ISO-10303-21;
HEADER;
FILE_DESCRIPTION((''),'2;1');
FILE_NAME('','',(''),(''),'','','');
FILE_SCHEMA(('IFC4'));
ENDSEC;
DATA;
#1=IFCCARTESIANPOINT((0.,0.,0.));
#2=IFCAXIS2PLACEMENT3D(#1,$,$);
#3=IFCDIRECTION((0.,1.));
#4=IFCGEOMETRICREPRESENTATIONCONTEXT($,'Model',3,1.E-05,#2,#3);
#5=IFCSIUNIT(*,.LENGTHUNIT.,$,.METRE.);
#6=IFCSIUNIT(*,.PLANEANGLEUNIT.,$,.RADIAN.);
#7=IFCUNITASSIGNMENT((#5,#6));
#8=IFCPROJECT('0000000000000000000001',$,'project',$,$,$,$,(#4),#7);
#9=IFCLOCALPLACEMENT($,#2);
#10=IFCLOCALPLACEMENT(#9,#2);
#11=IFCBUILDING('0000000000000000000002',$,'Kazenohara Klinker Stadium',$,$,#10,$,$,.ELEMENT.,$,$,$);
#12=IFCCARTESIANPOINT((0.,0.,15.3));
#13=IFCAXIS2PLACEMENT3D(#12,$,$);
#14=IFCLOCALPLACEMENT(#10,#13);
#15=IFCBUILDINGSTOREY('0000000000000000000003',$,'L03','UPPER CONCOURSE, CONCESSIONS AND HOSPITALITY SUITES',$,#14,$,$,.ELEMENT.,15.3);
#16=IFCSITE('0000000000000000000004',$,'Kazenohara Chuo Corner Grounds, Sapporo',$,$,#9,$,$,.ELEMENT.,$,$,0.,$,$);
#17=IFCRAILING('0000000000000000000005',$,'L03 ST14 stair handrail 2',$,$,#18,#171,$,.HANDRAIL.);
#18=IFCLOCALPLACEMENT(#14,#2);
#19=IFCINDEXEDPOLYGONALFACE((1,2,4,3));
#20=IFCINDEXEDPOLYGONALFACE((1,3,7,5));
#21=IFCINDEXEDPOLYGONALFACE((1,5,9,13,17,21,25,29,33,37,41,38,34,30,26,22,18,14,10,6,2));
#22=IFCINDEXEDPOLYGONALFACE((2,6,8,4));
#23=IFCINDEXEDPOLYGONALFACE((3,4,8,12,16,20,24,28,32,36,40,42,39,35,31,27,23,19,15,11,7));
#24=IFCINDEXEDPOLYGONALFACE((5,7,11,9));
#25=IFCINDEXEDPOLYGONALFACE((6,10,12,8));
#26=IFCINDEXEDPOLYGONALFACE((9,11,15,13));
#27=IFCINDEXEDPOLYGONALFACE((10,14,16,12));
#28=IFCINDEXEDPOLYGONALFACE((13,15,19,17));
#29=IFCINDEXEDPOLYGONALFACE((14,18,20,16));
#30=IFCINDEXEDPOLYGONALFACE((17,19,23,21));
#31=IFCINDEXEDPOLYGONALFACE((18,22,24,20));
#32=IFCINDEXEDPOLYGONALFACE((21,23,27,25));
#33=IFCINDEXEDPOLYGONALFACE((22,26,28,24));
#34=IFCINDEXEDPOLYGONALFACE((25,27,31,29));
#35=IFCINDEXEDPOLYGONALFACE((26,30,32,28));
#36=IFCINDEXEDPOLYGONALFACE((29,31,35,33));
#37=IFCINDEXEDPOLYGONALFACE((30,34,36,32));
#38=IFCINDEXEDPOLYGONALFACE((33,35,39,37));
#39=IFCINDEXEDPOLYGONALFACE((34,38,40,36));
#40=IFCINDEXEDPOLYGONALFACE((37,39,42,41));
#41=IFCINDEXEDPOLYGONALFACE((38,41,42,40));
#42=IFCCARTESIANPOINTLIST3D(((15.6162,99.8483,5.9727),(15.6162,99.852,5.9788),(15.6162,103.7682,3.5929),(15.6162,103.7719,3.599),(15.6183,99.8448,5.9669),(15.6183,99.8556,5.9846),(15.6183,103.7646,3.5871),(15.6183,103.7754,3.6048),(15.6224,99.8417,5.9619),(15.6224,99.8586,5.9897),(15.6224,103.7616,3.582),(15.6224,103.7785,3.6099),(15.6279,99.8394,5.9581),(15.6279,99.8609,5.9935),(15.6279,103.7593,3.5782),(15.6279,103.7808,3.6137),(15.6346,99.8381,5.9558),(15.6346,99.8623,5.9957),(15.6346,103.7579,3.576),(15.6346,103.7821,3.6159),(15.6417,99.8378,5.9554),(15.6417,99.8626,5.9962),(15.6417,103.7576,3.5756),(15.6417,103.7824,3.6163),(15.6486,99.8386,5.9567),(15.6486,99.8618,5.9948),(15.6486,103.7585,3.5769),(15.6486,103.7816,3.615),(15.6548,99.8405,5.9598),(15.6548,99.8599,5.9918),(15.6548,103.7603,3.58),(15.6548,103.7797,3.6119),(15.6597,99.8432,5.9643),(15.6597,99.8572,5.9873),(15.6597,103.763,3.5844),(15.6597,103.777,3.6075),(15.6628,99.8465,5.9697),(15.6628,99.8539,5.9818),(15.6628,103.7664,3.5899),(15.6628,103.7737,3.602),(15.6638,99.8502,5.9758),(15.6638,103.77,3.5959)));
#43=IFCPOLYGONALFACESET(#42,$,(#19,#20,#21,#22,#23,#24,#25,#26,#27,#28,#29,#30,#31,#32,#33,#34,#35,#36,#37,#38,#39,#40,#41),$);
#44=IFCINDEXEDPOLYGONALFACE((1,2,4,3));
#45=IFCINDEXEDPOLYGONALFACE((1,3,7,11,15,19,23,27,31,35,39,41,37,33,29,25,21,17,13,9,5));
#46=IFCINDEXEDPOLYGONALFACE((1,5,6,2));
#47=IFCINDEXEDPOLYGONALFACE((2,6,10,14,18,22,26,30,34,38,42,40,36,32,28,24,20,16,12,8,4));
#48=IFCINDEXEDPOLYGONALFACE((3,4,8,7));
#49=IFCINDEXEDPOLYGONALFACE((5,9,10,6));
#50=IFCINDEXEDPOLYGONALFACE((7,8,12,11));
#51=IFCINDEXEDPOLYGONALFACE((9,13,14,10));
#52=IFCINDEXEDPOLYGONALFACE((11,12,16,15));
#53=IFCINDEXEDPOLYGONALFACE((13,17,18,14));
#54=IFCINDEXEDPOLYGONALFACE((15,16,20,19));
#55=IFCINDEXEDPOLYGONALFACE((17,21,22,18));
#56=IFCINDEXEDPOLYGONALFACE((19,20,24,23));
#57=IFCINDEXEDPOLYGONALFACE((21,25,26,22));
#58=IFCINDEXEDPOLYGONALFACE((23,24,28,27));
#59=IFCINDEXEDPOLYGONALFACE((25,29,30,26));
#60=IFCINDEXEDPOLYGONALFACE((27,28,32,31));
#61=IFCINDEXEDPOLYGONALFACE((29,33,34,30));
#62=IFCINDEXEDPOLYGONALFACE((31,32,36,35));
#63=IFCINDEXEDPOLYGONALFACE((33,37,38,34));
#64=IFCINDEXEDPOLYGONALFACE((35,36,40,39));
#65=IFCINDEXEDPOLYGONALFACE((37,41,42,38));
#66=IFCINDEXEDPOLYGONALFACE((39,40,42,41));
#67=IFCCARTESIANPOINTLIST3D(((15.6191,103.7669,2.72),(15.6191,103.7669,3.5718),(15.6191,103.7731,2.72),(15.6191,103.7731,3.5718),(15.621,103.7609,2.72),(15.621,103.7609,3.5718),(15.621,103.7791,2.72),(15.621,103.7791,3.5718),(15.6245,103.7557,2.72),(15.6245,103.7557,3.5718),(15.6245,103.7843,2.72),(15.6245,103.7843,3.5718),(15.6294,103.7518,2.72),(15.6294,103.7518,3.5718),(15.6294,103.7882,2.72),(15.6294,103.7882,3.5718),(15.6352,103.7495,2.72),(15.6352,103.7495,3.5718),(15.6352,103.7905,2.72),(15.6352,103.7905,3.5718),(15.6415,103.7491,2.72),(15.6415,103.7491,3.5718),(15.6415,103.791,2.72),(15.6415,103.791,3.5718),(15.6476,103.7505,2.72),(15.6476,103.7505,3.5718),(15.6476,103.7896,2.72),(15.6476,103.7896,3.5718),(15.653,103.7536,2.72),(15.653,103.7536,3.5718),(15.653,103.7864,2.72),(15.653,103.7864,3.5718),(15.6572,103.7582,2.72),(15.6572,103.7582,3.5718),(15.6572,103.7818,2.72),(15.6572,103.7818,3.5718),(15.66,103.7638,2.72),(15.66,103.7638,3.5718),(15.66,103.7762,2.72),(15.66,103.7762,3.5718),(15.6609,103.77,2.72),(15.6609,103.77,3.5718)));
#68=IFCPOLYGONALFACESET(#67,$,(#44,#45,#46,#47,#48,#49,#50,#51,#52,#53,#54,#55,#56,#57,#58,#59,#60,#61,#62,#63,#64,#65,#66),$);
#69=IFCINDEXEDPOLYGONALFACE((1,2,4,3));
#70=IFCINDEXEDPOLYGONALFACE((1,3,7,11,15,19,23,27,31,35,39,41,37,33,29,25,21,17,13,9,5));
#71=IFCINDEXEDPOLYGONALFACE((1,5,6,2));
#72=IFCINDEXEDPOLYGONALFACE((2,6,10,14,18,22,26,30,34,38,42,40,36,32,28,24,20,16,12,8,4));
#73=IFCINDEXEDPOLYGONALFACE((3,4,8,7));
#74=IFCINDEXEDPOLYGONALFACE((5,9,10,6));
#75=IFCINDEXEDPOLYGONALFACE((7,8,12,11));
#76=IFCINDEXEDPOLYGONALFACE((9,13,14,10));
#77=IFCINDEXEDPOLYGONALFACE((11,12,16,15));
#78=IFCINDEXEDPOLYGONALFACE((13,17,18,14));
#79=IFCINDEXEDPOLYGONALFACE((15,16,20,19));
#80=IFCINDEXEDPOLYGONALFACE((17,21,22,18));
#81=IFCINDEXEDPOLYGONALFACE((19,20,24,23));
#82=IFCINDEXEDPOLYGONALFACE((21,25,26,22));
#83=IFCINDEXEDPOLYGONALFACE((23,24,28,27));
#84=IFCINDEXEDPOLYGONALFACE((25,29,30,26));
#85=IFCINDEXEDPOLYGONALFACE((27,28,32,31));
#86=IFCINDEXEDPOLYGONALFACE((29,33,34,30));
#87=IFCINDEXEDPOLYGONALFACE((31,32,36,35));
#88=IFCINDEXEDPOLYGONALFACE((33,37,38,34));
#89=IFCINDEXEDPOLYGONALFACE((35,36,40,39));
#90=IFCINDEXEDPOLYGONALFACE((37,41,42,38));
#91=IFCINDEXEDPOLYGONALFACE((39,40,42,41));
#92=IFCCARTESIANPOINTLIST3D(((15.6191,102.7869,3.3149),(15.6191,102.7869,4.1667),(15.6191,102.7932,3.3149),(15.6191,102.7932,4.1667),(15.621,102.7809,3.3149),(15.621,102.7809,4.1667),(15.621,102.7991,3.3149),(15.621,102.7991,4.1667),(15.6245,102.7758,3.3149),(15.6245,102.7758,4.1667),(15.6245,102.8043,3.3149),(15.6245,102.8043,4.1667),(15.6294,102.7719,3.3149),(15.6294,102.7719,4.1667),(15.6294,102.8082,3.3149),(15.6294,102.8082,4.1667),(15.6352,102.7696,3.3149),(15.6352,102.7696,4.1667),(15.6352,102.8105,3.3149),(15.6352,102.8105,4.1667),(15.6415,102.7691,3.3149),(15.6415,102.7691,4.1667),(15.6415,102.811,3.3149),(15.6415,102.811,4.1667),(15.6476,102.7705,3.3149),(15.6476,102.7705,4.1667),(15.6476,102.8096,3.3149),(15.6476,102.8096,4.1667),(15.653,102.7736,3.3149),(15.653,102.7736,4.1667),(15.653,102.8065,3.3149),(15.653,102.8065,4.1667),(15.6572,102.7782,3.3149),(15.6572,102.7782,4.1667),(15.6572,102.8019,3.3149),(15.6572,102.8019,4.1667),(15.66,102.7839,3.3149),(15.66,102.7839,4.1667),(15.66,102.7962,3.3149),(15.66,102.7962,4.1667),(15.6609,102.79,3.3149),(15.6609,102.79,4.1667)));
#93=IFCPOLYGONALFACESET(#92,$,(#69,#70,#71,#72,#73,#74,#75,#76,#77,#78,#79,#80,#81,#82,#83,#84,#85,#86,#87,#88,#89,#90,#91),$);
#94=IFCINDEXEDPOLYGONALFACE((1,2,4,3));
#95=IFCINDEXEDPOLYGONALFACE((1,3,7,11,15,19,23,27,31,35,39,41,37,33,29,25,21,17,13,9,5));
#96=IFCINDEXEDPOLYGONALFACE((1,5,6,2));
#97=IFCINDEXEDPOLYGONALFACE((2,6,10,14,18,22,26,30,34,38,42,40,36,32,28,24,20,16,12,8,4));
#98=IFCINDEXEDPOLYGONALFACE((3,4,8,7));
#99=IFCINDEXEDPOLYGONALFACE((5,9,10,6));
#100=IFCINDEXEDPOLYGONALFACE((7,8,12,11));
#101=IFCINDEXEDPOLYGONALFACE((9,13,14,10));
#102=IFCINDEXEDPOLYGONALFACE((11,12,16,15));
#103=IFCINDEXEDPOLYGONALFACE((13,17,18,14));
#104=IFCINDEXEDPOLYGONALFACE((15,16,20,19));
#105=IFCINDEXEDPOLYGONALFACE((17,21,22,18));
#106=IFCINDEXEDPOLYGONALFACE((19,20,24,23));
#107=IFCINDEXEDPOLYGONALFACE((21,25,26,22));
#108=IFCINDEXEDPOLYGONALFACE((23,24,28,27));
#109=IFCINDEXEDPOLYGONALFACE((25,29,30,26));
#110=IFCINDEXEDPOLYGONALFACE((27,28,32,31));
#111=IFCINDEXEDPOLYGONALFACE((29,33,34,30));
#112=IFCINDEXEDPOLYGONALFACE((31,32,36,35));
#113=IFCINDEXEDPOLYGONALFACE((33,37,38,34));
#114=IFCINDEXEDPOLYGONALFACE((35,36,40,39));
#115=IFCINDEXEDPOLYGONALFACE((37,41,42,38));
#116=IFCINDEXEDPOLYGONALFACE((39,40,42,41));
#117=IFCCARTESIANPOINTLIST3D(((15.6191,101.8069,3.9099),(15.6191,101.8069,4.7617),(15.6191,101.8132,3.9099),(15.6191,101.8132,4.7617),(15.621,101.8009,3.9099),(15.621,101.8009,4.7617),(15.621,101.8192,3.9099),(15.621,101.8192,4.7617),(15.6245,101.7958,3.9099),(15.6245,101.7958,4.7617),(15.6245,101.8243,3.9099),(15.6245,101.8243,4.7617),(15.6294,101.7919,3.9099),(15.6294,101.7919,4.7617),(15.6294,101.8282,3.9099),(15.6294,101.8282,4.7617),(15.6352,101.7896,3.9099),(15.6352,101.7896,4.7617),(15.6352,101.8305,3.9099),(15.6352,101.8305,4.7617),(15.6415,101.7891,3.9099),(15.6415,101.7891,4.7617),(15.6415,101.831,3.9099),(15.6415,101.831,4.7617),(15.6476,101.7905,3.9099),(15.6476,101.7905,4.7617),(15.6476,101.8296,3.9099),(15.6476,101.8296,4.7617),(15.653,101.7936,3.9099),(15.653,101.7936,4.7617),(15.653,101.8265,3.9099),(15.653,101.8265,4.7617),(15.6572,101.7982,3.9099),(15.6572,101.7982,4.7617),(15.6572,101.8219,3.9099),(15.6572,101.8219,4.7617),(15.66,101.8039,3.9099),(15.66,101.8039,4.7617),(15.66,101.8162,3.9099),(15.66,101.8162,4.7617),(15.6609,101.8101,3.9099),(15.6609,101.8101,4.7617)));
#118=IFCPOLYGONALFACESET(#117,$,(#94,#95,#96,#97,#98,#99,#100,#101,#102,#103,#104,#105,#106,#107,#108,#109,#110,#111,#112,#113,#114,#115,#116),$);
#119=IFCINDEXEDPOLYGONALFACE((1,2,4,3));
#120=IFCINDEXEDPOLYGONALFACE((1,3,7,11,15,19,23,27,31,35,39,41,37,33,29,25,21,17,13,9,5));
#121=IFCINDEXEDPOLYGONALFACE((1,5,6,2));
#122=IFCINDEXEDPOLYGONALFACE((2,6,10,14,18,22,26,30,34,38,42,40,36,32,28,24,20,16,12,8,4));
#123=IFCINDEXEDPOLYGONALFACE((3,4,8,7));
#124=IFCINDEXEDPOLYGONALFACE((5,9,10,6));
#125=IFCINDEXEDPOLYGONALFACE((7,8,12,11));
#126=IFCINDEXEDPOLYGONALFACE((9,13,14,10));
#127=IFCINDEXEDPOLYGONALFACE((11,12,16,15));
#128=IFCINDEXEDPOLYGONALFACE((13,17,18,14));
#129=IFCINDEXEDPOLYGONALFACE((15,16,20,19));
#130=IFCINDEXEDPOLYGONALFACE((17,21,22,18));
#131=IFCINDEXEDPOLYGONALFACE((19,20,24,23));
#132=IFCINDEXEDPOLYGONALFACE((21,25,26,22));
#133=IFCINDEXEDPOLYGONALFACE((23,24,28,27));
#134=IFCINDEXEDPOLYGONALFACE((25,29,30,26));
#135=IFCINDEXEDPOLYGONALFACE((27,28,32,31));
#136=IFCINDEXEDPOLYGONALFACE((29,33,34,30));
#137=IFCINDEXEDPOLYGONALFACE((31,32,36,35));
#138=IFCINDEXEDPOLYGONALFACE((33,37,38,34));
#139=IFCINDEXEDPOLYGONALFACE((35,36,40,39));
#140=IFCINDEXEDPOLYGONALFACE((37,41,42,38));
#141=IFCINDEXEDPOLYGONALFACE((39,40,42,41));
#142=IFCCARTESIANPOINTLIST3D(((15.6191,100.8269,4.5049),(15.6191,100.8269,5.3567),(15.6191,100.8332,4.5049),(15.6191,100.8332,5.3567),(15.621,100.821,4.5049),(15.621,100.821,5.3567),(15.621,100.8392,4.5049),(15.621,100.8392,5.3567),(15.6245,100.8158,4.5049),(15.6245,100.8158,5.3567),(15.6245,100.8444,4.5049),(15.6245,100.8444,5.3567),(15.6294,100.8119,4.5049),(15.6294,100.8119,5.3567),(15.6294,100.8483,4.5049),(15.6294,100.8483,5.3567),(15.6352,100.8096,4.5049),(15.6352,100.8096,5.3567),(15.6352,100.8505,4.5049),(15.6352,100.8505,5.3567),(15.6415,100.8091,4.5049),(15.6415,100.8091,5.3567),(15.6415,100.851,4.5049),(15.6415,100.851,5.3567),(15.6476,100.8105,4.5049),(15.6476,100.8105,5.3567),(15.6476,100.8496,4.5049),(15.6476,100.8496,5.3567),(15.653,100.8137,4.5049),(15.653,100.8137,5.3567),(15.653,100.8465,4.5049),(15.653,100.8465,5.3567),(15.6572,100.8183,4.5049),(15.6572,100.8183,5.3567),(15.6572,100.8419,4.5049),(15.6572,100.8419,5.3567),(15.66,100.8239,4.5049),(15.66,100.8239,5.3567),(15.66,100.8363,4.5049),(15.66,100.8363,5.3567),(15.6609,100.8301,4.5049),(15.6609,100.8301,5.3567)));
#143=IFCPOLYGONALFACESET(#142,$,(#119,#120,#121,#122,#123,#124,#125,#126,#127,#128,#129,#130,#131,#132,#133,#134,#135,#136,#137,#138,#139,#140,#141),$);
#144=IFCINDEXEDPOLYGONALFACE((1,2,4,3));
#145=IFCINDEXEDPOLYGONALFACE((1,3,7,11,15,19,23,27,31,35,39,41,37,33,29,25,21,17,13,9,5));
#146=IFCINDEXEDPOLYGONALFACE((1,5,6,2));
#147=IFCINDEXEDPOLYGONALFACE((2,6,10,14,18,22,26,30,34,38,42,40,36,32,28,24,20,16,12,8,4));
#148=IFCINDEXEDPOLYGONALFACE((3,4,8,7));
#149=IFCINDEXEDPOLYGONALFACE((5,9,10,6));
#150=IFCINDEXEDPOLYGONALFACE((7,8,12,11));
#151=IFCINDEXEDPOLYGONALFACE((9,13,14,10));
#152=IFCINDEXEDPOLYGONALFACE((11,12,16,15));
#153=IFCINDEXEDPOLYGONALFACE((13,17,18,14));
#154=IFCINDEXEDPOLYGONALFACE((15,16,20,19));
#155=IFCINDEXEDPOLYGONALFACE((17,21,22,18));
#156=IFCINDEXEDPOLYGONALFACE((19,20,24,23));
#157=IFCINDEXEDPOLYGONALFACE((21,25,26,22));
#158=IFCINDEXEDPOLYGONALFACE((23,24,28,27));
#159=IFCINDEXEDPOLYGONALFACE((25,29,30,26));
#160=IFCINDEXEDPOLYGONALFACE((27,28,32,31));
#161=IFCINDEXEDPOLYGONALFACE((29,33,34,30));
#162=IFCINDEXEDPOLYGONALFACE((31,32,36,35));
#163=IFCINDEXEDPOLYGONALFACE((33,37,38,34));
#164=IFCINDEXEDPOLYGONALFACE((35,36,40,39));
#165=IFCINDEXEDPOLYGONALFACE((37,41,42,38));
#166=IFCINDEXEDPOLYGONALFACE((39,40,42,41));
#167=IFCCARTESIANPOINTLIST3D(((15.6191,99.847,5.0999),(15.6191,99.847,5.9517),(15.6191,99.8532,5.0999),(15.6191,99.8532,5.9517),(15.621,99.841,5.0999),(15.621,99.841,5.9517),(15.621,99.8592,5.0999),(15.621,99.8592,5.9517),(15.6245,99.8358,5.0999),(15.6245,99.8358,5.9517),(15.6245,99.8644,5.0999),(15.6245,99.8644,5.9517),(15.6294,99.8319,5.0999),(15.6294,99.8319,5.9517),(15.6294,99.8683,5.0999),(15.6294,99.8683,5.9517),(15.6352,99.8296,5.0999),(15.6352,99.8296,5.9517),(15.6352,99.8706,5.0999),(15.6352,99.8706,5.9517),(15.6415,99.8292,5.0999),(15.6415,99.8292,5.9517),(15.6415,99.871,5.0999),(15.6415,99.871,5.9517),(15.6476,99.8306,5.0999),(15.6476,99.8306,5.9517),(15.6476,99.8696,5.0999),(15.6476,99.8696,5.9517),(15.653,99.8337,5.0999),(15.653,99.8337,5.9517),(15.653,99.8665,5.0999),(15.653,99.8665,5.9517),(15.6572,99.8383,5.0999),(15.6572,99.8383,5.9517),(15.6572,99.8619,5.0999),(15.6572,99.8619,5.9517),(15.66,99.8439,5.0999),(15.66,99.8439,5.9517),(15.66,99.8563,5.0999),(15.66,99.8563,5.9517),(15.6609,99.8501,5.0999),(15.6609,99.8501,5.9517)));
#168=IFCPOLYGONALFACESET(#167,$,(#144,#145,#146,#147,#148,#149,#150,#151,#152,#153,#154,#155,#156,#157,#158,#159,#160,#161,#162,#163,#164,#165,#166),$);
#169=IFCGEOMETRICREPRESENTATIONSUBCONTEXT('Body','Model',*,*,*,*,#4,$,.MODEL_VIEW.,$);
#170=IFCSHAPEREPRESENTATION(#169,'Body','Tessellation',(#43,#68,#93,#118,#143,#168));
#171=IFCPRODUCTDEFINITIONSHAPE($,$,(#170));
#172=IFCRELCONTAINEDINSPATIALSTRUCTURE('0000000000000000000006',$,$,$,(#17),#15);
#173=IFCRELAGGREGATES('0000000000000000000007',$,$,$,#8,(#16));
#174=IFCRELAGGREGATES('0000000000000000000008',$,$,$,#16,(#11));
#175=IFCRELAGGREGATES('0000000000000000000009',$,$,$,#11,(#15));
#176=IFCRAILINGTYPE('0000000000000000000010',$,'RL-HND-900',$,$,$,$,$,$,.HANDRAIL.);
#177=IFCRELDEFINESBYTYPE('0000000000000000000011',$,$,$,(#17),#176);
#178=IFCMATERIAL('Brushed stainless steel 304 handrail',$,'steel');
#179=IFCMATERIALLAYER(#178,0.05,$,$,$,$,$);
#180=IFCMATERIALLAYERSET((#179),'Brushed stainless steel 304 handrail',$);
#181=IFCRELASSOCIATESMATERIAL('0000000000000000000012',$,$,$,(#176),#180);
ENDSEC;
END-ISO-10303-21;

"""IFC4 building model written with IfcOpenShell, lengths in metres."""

from ifc_helpers import new_model, si_unit, direction, frame, origin, origin_2d, place, context, subcontext, project, spatial, circle, extrude, material, layer, layer_set, type_object, element, save


model = new_model("IFC4")

# Units and contexts
model_context = context("Model", 3, precision=1e-05, world=origin(), true_north=direction((0.0, 1.0)))
body_context = subcontext(model_context, "Body", "Model", "MODEL_VIEW")
ifc_project = project(units=[si_unit("LENGTHUNIT", "METRE"), si_unit("PLANEANGLEUNIT", "RADIAN")], contexts=[model_context])

# Site, building, storey
site_placement = place(None, origin())
site = spatial("IfcSite", under=ifc_project, at=site_placement, Name="Kazenohara Chuo Corner Grounds, Sapporo", CompositionType="ELEMENT", RefElevation=0.0)
building_placement = place(site_placement, origin())
building = spatial("IfcBuilding", under=site, at=building_placement, Name="Kazenohara Klinker Stadium", CompositionType="ELEMENT")
storey_placement = place(building_placement, frame((0.0, 0.0, 15.3)))
storey = spatial("IfcBuildingStorey", under=building, at=storey_placement, Name="L03", Description="UPPER CONCOURSE, CONCESSIONS AND HOSPITALITY SUITES", CompositionType="ELEMENT", Elevation=15.3)

# Railing
ifc_material_1 = material(Name="Brushed stainless steel 304 handrail", Category="steel")
ifc_layer_1 = layer(ifc_material_1, 0.05)
ifc_layer_set_1 = layer_set([ifc_layer_1], Name="Brushed stainless steel 304 handrail")
railing_type_1 = type_object("IfcRailingType", Name="RL-HND-900", PredefinedType="HANDRAIL", material=ifc_layer_set_1)
railing_1_placement = place(storey_placement, frame((15.6399, 103.77, 2.72)))
element("IfcRailing", 1, at=railing_1_placement, inside=storey, type_object=railing_type_1, Name="L03 ST14 stair handrail 2", PredefinedType="HANDRAIL", context=body_context, shape_type="SweptSolid", body=[
    extrude(circle(Radius=0.0239, at=origin_2d()), frame((0.0, 0.0, 0.876), z_axis=(0.0, -0.854794, 0.518967), x_axis=(1.0, 0.0, 0.0)), (0.0, 0.0, 1.0), 4.5857),
    extrude(circle(Radius=0.021, at=origin_2d()), origin(), (0.0, 0.0, 1.0), 0.8518),
    extrude(circle(Radius=0.021, at=origin_2d()), frame((0.0, -0.98, 0.595)), (0.0, 0.0, 1.0), 0.8518),
    extrude(circle(Radius=0.021, at=origin_2d()), frame((0.0, -1.96, 1.1899)), (0.0, 0.0, 1.0), 0.8518),
    extrude(circle(Radius=0.021, at=origin_2d()), frame((0.0, -2.9399, 1.7849)), (0.0, 0.0, 1.0), 0.8518),
    extrude(circle(Radius=0.021, at=origin_2d()), frame((0.0, -3.9199, 2.3799)), (0.0, 0.0, 1.0), 0.8518),
])

save(model, "model.ifc")
